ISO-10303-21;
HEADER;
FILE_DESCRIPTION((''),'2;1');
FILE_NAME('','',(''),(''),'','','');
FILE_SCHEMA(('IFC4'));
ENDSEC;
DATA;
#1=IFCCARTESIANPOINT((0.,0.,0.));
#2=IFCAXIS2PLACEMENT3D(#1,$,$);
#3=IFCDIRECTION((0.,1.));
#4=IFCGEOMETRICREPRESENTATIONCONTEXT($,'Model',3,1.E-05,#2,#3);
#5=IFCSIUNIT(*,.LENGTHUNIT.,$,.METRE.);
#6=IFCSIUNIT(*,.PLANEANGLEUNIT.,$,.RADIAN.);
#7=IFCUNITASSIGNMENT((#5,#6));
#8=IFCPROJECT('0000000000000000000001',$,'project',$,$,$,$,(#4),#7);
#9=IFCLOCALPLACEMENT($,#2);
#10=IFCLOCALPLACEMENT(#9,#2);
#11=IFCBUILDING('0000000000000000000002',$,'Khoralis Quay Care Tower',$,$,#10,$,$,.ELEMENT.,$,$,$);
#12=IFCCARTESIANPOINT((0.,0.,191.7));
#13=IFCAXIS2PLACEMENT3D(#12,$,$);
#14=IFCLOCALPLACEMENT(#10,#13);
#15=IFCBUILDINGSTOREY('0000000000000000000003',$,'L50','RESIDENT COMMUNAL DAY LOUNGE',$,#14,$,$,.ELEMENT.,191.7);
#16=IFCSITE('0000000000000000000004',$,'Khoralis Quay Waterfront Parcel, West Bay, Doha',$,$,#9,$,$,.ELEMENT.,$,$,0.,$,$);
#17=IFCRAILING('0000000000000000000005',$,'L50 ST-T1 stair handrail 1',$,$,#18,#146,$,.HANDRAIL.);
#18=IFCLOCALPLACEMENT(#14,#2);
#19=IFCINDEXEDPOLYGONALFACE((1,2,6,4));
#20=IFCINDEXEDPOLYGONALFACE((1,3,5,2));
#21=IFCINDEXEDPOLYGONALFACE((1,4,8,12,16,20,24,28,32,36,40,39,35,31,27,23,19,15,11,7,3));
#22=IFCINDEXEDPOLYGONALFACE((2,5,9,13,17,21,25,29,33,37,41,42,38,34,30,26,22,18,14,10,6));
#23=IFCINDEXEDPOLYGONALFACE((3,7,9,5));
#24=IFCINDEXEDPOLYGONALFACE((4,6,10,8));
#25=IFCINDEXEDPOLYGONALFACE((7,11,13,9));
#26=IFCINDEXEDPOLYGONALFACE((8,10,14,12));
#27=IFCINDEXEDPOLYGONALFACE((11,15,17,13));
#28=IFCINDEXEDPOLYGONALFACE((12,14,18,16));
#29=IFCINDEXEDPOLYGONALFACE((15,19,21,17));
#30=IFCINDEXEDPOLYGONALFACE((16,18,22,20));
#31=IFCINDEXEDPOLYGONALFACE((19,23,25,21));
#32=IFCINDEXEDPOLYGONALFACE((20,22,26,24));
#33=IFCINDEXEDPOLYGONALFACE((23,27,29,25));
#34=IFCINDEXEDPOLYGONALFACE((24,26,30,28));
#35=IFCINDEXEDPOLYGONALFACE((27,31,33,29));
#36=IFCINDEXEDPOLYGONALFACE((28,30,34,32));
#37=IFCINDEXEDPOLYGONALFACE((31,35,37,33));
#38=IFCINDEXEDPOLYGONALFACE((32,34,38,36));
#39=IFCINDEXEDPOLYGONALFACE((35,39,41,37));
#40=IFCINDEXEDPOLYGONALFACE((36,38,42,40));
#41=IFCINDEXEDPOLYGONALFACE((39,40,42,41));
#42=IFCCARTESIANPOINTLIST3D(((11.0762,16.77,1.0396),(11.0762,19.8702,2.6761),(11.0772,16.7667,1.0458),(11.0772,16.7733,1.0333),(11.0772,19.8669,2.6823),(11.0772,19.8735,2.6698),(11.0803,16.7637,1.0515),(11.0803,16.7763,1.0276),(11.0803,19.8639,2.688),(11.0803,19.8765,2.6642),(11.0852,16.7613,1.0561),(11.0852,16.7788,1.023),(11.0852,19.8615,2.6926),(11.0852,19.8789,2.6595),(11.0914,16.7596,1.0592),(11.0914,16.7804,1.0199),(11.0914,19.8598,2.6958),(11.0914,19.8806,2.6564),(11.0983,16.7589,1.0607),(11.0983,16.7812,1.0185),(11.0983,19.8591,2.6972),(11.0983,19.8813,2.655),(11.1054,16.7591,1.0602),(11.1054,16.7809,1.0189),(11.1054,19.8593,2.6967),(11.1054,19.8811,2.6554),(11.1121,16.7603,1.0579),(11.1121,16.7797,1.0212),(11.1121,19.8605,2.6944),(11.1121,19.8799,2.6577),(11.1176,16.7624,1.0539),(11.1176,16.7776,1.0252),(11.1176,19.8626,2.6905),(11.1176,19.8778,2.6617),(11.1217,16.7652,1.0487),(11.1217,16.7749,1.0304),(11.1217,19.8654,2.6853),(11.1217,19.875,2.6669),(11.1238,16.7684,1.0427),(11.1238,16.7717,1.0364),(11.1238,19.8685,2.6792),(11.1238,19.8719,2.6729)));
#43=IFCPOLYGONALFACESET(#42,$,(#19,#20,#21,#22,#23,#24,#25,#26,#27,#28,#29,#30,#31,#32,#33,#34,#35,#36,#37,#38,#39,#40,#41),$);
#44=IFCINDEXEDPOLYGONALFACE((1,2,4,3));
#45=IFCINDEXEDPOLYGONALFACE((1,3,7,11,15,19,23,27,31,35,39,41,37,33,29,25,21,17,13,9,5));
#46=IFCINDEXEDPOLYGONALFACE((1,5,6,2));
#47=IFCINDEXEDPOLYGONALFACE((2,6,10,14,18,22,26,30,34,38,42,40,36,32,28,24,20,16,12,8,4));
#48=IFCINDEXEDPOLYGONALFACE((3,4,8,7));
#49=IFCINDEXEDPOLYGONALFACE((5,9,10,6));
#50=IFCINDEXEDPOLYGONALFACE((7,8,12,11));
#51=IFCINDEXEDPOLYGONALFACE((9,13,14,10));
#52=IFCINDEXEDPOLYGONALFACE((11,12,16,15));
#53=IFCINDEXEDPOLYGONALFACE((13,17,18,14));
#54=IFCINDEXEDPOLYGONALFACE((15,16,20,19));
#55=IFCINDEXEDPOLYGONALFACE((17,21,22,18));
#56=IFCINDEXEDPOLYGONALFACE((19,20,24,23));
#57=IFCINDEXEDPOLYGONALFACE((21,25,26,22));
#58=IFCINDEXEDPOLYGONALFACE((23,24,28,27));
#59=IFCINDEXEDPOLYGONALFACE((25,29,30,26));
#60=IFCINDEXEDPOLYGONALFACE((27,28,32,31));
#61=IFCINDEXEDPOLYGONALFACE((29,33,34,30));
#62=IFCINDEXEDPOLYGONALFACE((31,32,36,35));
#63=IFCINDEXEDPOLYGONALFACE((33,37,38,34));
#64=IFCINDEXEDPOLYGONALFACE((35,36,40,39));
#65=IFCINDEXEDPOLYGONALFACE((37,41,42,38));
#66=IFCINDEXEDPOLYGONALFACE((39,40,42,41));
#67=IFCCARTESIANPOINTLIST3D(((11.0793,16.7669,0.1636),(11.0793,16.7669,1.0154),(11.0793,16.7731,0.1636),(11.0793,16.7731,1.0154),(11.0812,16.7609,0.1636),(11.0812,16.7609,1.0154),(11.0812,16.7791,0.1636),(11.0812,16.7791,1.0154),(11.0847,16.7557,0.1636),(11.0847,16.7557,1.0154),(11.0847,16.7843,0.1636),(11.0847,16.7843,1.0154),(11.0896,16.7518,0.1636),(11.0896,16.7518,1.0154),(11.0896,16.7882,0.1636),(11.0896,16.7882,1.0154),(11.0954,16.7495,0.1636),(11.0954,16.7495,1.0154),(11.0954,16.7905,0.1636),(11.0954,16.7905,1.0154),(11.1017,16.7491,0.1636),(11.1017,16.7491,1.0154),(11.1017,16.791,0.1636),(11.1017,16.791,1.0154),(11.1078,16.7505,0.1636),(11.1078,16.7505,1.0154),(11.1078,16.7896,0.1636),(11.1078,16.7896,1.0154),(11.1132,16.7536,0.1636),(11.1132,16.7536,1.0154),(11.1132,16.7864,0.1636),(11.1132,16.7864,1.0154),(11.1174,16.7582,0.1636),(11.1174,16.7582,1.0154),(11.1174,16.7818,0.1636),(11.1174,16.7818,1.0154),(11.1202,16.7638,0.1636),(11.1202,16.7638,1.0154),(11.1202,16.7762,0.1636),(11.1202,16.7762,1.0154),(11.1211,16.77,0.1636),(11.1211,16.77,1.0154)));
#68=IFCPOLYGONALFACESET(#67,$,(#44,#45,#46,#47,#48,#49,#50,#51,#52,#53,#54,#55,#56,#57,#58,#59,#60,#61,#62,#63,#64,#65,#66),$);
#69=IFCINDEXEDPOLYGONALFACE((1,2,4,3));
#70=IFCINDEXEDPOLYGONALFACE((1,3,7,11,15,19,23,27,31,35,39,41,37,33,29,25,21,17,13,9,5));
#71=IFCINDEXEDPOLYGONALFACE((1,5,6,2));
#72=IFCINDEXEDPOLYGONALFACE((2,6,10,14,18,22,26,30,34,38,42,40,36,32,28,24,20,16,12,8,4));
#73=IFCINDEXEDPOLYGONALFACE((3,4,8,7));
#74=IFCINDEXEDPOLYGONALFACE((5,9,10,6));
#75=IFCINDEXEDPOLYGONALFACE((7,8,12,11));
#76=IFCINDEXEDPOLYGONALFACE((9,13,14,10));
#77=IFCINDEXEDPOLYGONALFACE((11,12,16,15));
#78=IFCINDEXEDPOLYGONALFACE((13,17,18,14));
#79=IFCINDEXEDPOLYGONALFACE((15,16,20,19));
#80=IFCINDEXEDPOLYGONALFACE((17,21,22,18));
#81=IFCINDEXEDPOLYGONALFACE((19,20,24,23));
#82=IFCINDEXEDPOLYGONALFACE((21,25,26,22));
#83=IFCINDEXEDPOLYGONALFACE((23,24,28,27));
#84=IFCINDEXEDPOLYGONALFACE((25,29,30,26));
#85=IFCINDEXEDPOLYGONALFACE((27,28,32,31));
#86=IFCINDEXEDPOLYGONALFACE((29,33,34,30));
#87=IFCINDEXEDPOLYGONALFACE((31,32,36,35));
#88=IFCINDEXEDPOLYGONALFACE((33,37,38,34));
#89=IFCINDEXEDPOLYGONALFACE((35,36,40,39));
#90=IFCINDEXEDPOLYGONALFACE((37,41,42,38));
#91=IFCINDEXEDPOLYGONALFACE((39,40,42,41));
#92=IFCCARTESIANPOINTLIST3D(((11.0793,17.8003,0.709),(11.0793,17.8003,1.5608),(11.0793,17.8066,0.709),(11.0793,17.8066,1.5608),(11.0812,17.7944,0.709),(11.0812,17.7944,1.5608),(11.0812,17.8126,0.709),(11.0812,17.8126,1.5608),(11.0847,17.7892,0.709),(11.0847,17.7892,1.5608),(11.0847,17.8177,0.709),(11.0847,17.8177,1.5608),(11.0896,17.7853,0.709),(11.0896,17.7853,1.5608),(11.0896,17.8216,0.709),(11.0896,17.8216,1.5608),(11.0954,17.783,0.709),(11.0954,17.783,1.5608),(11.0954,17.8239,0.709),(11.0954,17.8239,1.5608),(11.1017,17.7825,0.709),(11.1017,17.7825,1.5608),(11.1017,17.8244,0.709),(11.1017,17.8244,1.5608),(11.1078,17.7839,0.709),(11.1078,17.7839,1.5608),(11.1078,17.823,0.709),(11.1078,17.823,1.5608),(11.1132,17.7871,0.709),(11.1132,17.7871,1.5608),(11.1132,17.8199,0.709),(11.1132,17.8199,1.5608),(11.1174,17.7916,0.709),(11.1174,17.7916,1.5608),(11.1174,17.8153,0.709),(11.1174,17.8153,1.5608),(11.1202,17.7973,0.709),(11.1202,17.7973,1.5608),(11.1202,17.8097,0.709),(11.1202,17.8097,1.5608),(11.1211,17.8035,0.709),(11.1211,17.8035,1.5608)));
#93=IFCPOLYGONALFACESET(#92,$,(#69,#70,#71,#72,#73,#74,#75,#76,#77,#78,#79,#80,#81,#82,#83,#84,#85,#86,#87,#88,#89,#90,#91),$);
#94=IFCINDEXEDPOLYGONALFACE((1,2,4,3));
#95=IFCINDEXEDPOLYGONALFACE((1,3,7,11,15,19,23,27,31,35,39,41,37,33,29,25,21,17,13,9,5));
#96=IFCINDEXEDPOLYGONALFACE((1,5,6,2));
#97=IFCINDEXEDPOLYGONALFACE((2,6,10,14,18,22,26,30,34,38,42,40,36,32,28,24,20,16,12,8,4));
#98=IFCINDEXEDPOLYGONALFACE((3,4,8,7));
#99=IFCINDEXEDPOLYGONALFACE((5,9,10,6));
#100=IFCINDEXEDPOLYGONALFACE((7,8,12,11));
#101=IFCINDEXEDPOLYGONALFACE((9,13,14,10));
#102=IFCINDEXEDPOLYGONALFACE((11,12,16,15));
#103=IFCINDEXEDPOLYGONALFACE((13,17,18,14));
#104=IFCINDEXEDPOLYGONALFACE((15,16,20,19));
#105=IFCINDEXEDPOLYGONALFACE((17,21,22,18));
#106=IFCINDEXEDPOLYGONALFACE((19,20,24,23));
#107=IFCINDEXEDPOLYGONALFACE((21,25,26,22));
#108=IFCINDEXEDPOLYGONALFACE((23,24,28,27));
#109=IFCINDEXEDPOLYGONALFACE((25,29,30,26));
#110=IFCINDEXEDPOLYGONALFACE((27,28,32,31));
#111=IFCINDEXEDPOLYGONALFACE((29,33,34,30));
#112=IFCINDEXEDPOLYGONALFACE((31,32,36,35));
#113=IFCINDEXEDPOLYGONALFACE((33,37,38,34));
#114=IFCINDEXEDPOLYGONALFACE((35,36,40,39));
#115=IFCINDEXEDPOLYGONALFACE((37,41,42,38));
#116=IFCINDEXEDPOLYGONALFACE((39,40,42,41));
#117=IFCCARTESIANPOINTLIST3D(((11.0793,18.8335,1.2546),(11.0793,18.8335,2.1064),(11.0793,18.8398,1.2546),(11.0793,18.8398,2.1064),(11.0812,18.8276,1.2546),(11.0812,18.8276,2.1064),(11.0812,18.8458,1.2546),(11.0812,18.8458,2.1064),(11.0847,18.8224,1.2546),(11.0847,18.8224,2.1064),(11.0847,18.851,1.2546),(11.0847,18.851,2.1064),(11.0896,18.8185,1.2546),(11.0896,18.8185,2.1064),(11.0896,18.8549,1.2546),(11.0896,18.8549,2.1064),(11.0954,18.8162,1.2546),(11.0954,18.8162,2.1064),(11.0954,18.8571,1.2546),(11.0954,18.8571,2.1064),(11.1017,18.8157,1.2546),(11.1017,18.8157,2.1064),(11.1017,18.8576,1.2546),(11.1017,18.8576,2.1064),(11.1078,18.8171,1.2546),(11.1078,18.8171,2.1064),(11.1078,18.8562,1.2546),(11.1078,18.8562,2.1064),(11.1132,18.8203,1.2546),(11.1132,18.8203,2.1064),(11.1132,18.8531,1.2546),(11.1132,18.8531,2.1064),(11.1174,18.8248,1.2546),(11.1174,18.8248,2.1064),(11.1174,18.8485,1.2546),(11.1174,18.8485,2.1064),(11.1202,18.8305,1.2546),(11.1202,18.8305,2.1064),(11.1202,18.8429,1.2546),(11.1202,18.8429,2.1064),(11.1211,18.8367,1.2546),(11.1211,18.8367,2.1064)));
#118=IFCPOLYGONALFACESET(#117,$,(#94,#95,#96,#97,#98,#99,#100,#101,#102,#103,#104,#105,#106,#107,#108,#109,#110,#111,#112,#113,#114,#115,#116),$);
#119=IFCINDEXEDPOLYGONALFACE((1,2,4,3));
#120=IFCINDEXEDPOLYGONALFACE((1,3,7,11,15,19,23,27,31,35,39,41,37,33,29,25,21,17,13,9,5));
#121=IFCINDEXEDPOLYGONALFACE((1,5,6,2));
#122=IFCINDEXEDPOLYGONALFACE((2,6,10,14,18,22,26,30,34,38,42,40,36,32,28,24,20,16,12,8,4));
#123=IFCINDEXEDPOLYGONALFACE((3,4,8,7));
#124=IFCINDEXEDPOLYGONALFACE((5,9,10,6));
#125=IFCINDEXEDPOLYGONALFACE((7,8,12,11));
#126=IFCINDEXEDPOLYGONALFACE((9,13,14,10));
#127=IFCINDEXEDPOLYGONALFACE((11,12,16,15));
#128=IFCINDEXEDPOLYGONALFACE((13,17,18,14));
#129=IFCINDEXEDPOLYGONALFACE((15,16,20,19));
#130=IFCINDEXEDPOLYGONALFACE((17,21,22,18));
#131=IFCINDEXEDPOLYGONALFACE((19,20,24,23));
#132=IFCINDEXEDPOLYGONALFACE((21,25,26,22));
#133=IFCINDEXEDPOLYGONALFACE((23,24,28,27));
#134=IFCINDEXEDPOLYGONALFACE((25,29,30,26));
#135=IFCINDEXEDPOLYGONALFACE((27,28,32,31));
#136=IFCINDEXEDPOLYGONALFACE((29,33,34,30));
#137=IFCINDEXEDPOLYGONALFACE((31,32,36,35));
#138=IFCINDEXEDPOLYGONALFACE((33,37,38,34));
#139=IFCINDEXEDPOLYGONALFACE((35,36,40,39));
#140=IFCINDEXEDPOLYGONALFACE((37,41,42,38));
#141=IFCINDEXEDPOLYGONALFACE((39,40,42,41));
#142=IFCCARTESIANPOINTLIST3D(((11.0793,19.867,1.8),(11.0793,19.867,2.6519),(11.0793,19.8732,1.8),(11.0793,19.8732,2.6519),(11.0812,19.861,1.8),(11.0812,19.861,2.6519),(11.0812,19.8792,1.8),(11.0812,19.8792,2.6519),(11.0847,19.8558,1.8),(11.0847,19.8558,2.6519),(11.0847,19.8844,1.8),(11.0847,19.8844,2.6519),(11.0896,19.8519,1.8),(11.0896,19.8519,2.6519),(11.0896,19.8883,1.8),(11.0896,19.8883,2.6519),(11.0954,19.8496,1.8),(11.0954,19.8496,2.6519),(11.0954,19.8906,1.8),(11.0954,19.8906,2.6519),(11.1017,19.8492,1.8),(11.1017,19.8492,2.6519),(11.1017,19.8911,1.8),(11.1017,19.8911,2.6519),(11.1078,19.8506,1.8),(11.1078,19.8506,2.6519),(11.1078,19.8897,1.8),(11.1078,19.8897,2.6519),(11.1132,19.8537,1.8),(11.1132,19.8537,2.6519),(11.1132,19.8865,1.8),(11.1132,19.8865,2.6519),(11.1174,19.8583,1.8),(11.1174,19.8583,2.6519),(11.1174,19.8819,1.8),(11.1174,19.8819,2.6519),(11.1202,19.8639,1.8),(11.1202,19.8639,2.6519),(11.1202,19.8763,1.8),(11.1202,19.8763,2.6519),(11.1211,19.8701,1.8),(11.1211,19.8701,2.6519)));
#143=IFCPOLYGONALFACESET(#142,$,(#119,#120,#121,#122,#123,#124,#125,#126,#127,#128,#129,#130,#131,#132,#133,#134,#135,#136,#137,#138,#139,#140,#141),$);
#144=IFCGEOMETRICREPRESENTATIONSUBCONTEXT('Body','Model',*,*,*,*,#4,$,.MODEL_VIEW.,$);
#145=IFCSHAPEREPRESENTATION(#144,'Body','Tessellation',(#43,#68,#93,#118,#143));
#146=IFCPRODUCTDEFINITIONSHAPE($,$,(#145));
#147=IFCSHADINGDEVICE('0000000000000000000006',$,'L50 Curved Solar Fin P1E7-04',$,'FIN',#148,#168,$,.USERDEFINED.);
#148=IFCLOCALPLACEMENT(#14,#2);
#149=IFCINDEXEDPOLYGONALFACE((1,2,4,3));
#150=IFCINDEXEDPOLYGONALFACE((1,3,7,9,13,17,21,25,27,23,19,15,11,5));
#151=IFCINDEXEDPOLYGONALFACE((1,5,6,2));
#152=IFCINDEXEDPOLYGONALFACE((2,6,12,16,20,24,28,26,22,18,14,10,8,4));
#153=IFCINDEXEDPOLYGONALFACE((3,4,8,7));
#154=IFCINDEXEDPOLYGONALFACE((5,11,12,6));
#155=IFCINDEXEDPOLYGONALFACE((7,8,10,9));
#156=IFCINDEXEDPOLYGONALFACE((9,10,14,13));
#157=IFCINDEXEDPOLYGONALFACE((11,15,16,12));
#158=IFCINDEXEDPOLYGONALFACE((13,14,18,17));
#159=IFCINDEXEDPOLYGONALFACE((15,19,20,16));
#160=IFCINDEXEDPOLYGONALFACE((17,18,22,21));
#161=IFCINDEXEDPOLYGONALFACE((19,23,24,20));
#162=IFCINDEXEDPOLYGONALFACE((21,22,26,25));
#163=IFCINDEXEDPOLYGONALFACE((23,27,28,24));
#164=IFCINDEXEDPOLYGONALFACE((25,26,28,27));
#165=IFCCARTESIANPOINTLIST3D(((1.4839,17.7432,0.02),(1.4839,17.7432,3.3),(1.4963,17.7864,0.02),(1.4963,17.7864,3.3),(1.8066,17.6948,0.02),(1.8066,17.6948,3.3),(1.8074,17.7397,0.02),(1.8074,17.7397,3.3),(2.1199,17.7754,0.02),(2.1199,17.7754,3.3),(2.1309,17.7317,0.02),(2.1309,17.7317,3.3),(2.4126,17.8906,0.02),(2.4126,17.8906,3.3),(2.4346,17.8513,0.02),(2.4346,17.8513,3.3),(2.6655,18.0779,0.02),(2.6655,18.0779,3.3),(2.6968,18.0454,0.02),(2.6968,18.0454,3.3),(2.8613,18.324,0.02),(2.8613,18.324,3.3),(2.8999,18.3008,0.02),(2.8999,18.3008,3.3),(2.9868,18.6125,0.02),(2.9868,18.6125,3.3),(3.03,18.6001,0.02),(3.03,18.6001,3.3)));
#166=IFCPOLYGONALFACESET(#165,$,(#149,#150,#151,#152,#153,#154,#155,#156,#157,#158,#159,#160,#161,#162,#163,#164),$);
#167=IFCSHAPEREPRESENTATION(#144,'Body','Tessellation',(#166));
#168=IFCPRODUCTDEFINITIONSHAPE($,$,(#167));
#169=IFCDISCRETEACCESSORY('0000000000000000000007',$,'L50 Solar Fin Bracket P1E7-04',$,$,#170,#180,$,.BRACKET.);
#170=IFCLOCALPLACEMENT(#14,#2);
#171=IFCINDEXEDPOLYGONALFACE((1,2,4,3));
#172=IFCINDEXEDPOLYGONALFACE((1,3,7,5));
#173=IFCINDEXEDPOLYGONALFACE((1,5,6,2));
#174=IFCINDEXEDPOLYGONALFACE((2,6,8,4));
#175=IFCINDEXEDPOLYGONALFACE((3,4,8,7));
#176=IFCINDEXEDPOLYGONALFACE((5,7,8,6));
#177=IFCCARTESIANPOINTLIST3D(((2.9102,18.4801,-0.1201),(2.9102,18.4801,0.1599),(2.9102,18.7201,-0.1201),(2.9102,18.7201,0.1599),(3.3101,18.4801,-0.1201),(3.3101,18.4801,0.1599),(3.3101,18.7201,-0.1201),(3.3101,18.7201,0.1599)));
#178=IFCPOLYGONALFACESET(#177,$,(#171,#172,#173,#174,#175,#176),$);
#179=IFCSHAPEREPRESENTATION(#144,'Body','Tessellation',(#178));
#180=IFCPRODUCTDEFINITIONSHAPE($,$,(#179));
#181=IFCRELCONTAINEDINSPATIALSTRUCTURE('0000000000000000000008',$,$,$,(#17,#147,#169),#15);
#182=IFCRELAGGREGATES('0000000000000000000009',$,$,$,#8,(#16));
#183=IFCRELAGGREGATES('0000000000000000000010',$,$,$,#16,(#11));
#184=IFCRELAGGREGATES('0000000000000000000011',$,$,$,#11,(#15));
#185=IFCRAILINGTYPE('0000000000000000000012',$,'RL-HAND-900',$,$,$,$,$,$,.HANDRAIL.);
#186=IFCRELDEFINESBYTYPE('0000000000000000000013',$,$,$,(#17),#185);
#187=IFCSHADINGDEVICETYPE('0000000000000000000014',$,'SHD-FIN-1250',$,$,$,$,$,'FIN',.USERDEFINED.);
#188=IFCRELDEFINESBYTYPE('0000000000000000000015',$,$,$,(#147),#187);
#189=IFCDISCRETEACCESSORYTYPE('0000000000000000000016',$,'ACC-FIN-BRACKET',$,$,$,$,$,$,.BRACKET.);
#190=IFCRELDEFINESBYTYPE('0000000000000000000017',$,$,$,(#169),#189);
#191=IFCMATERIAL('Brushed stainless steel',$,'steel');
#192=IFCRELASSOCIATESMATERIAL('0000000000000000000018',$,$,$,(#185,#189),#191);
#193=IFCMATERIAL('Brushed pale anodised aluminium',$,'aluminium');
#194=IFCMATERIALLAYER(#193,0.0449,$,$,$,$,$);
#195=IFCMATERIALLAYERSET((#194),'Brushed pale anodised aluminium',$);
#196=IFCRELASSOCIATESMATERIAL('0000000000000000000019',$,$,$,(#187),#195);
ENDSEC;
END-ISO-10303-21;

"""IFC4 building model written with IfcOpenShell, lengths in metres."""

from ifc_helpers import new_model, si_unit, direction, frame, origin, origin_2d, place, context, subcontext, project, spatial, polyline, rectangle, circle, outline, extrude, source, transform, mapped, material, layer, layer_set, type_object, element, save


model = new_model("IFC4")

# Units and contexts
model_context = context("Model", 3, precision=1e-05, world=origin(), true_north=direction((0.0, 1.0)))
body_context = subcontext(model_context, "Body", "Model", "MODEL_VIEW")
ifc_project = project(units=[si_unit("LENGTHUNIT", "METRE"), si_unit("PLANEANGLEUNIT", "RADIAN")], contexts=[model_context])

# Site, building, storey
site_placement = place(None, origin())
site = spatial("IfcSite", under=ifc_project, at=site_placement, Name="Khoralis Quay Waterfront Parcel, West Bay, Doha", CompositionType="ELEMENT", RefElevation=0.0)
building_placement = place(site_placement, origin())
building = spatial("IfcBuilding", under=site, at=building_placement, Name="Khoralis Quay Care Tower", CompositionType="ELEMENT")
storey_placement = place(building_placement, frame((0.0, 0.0, 191.7)))
storey = spatial("IfcBuildingStorey", under=building, at=storey_placement, Name="L50", Description="RESIDENT COMMUNAL DAY LOUNGE", CompositionType="ELEMENT", Elevation=191.7)

# Shared definitions
ifc_material_1 = material(Name="Brushed stainless steel", Category="steel")

# Railing
railing_type_1 = type_object("IfcRailingType", Name="RL-HAND-900", PredefinedType="HANDRAIL", material=ifc_material_1)
railing_1_placement = place(storey_placement, frame((11.1001, 16.77, 0.1636)))
element("IfcRailing", 1, at=railing_1_placement, inside=storey, type_object=railing_type_1, Name="L50 ST-T1 stair handrail 1", PredefinedType="HANDRAIL", context=body_context, shape_type="SweptSolid", body=[
    extrude(circle(Radius=0.0239, at=origin_2d()), frame((0.0, 0.0, 0.876), z_axis=(0.0, 0.884348, 0.466828), x_axis=(-1.0, 0.0, 0.0)), (0.0, 0.0, 1.0), 3.5056),
    extrude(circle(Radius=0.021, at=origin_2d()), origin(), (0.0, 0.0, 1.0), 0.8518),
    extrude(circle(Radius=0.021, at=origin_2d()), frame((0.0, 1.0334, 0.5454)), (0.0, 0.0, 1.0), 0.8518),
    extrude(circle(Radius=0.021, at=origin_2d()), frame((0.0, 2.0667, 1.0911)), (0.0, 0.0, 1.0), 0.8518),
    extrude(circle(Radius=0.021, at=origin_2d()), frame((0.0, 3.1001, 1.6365)), (0.0, 0.0, 1.0), 0.8518),
])

# Shading device
ifc_material_2 = material(Name="Brushed pale anodised aluminium", Category="aluminium")
ifc_layer_1 = layer(ifc_material_2, 0.0449)
ifc_layer_set_1 = layer_set([ifc_layer_1], Name="Brushed pale anodised aluminium")
shading_device_type = type_object("IfcShadingDeviceType", Name="SHD-FIN-1250", ElementType="FIN", PredefinedType="USERDEFINED", material=ifc_layer_set_1)
shared_shape_1 = source(origin(), body_context, "Body", "SweptSolid", [
    extrude(outline(polyline([(0.0, 0.0), (0.1301, 0.2993), (0.3333, 0.5547), (0.5955, 0.7488), (0.8992, 0.8684), (1.2234, 0.9053), (1.5461, 0.8569), (1.5337, 0.8137), (1.2227, 0.8604), (0.9102, 0.8247), (0.6174, 0.7095), (0.3645, 0.5222), (0.1687, 0.2761), (0.0432, -0.0125), (0.0, 0.0)])), origin(), (0.0, 0.0, 1.0), 3.28),
])
shading_device_placement = place(storey_placement, frame((3.03, 18.6001, 0.02), z_axis=(0.0, 0.0, 1.0), x_axis=(-1.0, 0.0, 0.0)))
element("IfcShadingDevice", 2, at=shading_device_placement, inside=storey, type_object=shading_device_type, Name="L50 Curved Solar Fin P1E7-04", ObjectType="FIN", PredefinedType="USERDEFINED", context=body_context, shape_type="MappedRepresentation", body=[
    mapped(shared_shape_1, transform((0.0, 0.0, 0.0), scale=1.0)),
])

# Discrete accessory
discrete_accessory_type = type_object("IfcDiscreteAccessoryType", Name="ACC-FIN-BRACKET", PredefinedType="BRACKET", material=ifc_material_1)
shared_shape_2 = source(origin(), body_context, "Body", "SweptSolid", [
    extrude(rectangle(XDim=0.3999, YDim=0.24, at=origin_2d()), origin(), (0.0, 0.0, 1.0), 0.28),
])
discrete_accessory_placement = place(storey_placement, frame((3.1101, 18.6001, -0.1201), z_axis=(0.0, 0.0, 1.0), x_axis=(-1.0, 0.0, 0.0)))
element("IfcDiscreteAccessory", 3, at=discrete_accessory_placement, inside=storey, type_object=discrete_accessory_type, Name="L50 Solar Fin Bracket P1E7-04", PredefinedType="BRACKET", context=body_context, shape_type="MappedRepresentation", body=[
    mapped(shared_shape_2, transform((0.0, 0.0, 0.0), scale=1.0)),
])

save(model, "model.ifc")
